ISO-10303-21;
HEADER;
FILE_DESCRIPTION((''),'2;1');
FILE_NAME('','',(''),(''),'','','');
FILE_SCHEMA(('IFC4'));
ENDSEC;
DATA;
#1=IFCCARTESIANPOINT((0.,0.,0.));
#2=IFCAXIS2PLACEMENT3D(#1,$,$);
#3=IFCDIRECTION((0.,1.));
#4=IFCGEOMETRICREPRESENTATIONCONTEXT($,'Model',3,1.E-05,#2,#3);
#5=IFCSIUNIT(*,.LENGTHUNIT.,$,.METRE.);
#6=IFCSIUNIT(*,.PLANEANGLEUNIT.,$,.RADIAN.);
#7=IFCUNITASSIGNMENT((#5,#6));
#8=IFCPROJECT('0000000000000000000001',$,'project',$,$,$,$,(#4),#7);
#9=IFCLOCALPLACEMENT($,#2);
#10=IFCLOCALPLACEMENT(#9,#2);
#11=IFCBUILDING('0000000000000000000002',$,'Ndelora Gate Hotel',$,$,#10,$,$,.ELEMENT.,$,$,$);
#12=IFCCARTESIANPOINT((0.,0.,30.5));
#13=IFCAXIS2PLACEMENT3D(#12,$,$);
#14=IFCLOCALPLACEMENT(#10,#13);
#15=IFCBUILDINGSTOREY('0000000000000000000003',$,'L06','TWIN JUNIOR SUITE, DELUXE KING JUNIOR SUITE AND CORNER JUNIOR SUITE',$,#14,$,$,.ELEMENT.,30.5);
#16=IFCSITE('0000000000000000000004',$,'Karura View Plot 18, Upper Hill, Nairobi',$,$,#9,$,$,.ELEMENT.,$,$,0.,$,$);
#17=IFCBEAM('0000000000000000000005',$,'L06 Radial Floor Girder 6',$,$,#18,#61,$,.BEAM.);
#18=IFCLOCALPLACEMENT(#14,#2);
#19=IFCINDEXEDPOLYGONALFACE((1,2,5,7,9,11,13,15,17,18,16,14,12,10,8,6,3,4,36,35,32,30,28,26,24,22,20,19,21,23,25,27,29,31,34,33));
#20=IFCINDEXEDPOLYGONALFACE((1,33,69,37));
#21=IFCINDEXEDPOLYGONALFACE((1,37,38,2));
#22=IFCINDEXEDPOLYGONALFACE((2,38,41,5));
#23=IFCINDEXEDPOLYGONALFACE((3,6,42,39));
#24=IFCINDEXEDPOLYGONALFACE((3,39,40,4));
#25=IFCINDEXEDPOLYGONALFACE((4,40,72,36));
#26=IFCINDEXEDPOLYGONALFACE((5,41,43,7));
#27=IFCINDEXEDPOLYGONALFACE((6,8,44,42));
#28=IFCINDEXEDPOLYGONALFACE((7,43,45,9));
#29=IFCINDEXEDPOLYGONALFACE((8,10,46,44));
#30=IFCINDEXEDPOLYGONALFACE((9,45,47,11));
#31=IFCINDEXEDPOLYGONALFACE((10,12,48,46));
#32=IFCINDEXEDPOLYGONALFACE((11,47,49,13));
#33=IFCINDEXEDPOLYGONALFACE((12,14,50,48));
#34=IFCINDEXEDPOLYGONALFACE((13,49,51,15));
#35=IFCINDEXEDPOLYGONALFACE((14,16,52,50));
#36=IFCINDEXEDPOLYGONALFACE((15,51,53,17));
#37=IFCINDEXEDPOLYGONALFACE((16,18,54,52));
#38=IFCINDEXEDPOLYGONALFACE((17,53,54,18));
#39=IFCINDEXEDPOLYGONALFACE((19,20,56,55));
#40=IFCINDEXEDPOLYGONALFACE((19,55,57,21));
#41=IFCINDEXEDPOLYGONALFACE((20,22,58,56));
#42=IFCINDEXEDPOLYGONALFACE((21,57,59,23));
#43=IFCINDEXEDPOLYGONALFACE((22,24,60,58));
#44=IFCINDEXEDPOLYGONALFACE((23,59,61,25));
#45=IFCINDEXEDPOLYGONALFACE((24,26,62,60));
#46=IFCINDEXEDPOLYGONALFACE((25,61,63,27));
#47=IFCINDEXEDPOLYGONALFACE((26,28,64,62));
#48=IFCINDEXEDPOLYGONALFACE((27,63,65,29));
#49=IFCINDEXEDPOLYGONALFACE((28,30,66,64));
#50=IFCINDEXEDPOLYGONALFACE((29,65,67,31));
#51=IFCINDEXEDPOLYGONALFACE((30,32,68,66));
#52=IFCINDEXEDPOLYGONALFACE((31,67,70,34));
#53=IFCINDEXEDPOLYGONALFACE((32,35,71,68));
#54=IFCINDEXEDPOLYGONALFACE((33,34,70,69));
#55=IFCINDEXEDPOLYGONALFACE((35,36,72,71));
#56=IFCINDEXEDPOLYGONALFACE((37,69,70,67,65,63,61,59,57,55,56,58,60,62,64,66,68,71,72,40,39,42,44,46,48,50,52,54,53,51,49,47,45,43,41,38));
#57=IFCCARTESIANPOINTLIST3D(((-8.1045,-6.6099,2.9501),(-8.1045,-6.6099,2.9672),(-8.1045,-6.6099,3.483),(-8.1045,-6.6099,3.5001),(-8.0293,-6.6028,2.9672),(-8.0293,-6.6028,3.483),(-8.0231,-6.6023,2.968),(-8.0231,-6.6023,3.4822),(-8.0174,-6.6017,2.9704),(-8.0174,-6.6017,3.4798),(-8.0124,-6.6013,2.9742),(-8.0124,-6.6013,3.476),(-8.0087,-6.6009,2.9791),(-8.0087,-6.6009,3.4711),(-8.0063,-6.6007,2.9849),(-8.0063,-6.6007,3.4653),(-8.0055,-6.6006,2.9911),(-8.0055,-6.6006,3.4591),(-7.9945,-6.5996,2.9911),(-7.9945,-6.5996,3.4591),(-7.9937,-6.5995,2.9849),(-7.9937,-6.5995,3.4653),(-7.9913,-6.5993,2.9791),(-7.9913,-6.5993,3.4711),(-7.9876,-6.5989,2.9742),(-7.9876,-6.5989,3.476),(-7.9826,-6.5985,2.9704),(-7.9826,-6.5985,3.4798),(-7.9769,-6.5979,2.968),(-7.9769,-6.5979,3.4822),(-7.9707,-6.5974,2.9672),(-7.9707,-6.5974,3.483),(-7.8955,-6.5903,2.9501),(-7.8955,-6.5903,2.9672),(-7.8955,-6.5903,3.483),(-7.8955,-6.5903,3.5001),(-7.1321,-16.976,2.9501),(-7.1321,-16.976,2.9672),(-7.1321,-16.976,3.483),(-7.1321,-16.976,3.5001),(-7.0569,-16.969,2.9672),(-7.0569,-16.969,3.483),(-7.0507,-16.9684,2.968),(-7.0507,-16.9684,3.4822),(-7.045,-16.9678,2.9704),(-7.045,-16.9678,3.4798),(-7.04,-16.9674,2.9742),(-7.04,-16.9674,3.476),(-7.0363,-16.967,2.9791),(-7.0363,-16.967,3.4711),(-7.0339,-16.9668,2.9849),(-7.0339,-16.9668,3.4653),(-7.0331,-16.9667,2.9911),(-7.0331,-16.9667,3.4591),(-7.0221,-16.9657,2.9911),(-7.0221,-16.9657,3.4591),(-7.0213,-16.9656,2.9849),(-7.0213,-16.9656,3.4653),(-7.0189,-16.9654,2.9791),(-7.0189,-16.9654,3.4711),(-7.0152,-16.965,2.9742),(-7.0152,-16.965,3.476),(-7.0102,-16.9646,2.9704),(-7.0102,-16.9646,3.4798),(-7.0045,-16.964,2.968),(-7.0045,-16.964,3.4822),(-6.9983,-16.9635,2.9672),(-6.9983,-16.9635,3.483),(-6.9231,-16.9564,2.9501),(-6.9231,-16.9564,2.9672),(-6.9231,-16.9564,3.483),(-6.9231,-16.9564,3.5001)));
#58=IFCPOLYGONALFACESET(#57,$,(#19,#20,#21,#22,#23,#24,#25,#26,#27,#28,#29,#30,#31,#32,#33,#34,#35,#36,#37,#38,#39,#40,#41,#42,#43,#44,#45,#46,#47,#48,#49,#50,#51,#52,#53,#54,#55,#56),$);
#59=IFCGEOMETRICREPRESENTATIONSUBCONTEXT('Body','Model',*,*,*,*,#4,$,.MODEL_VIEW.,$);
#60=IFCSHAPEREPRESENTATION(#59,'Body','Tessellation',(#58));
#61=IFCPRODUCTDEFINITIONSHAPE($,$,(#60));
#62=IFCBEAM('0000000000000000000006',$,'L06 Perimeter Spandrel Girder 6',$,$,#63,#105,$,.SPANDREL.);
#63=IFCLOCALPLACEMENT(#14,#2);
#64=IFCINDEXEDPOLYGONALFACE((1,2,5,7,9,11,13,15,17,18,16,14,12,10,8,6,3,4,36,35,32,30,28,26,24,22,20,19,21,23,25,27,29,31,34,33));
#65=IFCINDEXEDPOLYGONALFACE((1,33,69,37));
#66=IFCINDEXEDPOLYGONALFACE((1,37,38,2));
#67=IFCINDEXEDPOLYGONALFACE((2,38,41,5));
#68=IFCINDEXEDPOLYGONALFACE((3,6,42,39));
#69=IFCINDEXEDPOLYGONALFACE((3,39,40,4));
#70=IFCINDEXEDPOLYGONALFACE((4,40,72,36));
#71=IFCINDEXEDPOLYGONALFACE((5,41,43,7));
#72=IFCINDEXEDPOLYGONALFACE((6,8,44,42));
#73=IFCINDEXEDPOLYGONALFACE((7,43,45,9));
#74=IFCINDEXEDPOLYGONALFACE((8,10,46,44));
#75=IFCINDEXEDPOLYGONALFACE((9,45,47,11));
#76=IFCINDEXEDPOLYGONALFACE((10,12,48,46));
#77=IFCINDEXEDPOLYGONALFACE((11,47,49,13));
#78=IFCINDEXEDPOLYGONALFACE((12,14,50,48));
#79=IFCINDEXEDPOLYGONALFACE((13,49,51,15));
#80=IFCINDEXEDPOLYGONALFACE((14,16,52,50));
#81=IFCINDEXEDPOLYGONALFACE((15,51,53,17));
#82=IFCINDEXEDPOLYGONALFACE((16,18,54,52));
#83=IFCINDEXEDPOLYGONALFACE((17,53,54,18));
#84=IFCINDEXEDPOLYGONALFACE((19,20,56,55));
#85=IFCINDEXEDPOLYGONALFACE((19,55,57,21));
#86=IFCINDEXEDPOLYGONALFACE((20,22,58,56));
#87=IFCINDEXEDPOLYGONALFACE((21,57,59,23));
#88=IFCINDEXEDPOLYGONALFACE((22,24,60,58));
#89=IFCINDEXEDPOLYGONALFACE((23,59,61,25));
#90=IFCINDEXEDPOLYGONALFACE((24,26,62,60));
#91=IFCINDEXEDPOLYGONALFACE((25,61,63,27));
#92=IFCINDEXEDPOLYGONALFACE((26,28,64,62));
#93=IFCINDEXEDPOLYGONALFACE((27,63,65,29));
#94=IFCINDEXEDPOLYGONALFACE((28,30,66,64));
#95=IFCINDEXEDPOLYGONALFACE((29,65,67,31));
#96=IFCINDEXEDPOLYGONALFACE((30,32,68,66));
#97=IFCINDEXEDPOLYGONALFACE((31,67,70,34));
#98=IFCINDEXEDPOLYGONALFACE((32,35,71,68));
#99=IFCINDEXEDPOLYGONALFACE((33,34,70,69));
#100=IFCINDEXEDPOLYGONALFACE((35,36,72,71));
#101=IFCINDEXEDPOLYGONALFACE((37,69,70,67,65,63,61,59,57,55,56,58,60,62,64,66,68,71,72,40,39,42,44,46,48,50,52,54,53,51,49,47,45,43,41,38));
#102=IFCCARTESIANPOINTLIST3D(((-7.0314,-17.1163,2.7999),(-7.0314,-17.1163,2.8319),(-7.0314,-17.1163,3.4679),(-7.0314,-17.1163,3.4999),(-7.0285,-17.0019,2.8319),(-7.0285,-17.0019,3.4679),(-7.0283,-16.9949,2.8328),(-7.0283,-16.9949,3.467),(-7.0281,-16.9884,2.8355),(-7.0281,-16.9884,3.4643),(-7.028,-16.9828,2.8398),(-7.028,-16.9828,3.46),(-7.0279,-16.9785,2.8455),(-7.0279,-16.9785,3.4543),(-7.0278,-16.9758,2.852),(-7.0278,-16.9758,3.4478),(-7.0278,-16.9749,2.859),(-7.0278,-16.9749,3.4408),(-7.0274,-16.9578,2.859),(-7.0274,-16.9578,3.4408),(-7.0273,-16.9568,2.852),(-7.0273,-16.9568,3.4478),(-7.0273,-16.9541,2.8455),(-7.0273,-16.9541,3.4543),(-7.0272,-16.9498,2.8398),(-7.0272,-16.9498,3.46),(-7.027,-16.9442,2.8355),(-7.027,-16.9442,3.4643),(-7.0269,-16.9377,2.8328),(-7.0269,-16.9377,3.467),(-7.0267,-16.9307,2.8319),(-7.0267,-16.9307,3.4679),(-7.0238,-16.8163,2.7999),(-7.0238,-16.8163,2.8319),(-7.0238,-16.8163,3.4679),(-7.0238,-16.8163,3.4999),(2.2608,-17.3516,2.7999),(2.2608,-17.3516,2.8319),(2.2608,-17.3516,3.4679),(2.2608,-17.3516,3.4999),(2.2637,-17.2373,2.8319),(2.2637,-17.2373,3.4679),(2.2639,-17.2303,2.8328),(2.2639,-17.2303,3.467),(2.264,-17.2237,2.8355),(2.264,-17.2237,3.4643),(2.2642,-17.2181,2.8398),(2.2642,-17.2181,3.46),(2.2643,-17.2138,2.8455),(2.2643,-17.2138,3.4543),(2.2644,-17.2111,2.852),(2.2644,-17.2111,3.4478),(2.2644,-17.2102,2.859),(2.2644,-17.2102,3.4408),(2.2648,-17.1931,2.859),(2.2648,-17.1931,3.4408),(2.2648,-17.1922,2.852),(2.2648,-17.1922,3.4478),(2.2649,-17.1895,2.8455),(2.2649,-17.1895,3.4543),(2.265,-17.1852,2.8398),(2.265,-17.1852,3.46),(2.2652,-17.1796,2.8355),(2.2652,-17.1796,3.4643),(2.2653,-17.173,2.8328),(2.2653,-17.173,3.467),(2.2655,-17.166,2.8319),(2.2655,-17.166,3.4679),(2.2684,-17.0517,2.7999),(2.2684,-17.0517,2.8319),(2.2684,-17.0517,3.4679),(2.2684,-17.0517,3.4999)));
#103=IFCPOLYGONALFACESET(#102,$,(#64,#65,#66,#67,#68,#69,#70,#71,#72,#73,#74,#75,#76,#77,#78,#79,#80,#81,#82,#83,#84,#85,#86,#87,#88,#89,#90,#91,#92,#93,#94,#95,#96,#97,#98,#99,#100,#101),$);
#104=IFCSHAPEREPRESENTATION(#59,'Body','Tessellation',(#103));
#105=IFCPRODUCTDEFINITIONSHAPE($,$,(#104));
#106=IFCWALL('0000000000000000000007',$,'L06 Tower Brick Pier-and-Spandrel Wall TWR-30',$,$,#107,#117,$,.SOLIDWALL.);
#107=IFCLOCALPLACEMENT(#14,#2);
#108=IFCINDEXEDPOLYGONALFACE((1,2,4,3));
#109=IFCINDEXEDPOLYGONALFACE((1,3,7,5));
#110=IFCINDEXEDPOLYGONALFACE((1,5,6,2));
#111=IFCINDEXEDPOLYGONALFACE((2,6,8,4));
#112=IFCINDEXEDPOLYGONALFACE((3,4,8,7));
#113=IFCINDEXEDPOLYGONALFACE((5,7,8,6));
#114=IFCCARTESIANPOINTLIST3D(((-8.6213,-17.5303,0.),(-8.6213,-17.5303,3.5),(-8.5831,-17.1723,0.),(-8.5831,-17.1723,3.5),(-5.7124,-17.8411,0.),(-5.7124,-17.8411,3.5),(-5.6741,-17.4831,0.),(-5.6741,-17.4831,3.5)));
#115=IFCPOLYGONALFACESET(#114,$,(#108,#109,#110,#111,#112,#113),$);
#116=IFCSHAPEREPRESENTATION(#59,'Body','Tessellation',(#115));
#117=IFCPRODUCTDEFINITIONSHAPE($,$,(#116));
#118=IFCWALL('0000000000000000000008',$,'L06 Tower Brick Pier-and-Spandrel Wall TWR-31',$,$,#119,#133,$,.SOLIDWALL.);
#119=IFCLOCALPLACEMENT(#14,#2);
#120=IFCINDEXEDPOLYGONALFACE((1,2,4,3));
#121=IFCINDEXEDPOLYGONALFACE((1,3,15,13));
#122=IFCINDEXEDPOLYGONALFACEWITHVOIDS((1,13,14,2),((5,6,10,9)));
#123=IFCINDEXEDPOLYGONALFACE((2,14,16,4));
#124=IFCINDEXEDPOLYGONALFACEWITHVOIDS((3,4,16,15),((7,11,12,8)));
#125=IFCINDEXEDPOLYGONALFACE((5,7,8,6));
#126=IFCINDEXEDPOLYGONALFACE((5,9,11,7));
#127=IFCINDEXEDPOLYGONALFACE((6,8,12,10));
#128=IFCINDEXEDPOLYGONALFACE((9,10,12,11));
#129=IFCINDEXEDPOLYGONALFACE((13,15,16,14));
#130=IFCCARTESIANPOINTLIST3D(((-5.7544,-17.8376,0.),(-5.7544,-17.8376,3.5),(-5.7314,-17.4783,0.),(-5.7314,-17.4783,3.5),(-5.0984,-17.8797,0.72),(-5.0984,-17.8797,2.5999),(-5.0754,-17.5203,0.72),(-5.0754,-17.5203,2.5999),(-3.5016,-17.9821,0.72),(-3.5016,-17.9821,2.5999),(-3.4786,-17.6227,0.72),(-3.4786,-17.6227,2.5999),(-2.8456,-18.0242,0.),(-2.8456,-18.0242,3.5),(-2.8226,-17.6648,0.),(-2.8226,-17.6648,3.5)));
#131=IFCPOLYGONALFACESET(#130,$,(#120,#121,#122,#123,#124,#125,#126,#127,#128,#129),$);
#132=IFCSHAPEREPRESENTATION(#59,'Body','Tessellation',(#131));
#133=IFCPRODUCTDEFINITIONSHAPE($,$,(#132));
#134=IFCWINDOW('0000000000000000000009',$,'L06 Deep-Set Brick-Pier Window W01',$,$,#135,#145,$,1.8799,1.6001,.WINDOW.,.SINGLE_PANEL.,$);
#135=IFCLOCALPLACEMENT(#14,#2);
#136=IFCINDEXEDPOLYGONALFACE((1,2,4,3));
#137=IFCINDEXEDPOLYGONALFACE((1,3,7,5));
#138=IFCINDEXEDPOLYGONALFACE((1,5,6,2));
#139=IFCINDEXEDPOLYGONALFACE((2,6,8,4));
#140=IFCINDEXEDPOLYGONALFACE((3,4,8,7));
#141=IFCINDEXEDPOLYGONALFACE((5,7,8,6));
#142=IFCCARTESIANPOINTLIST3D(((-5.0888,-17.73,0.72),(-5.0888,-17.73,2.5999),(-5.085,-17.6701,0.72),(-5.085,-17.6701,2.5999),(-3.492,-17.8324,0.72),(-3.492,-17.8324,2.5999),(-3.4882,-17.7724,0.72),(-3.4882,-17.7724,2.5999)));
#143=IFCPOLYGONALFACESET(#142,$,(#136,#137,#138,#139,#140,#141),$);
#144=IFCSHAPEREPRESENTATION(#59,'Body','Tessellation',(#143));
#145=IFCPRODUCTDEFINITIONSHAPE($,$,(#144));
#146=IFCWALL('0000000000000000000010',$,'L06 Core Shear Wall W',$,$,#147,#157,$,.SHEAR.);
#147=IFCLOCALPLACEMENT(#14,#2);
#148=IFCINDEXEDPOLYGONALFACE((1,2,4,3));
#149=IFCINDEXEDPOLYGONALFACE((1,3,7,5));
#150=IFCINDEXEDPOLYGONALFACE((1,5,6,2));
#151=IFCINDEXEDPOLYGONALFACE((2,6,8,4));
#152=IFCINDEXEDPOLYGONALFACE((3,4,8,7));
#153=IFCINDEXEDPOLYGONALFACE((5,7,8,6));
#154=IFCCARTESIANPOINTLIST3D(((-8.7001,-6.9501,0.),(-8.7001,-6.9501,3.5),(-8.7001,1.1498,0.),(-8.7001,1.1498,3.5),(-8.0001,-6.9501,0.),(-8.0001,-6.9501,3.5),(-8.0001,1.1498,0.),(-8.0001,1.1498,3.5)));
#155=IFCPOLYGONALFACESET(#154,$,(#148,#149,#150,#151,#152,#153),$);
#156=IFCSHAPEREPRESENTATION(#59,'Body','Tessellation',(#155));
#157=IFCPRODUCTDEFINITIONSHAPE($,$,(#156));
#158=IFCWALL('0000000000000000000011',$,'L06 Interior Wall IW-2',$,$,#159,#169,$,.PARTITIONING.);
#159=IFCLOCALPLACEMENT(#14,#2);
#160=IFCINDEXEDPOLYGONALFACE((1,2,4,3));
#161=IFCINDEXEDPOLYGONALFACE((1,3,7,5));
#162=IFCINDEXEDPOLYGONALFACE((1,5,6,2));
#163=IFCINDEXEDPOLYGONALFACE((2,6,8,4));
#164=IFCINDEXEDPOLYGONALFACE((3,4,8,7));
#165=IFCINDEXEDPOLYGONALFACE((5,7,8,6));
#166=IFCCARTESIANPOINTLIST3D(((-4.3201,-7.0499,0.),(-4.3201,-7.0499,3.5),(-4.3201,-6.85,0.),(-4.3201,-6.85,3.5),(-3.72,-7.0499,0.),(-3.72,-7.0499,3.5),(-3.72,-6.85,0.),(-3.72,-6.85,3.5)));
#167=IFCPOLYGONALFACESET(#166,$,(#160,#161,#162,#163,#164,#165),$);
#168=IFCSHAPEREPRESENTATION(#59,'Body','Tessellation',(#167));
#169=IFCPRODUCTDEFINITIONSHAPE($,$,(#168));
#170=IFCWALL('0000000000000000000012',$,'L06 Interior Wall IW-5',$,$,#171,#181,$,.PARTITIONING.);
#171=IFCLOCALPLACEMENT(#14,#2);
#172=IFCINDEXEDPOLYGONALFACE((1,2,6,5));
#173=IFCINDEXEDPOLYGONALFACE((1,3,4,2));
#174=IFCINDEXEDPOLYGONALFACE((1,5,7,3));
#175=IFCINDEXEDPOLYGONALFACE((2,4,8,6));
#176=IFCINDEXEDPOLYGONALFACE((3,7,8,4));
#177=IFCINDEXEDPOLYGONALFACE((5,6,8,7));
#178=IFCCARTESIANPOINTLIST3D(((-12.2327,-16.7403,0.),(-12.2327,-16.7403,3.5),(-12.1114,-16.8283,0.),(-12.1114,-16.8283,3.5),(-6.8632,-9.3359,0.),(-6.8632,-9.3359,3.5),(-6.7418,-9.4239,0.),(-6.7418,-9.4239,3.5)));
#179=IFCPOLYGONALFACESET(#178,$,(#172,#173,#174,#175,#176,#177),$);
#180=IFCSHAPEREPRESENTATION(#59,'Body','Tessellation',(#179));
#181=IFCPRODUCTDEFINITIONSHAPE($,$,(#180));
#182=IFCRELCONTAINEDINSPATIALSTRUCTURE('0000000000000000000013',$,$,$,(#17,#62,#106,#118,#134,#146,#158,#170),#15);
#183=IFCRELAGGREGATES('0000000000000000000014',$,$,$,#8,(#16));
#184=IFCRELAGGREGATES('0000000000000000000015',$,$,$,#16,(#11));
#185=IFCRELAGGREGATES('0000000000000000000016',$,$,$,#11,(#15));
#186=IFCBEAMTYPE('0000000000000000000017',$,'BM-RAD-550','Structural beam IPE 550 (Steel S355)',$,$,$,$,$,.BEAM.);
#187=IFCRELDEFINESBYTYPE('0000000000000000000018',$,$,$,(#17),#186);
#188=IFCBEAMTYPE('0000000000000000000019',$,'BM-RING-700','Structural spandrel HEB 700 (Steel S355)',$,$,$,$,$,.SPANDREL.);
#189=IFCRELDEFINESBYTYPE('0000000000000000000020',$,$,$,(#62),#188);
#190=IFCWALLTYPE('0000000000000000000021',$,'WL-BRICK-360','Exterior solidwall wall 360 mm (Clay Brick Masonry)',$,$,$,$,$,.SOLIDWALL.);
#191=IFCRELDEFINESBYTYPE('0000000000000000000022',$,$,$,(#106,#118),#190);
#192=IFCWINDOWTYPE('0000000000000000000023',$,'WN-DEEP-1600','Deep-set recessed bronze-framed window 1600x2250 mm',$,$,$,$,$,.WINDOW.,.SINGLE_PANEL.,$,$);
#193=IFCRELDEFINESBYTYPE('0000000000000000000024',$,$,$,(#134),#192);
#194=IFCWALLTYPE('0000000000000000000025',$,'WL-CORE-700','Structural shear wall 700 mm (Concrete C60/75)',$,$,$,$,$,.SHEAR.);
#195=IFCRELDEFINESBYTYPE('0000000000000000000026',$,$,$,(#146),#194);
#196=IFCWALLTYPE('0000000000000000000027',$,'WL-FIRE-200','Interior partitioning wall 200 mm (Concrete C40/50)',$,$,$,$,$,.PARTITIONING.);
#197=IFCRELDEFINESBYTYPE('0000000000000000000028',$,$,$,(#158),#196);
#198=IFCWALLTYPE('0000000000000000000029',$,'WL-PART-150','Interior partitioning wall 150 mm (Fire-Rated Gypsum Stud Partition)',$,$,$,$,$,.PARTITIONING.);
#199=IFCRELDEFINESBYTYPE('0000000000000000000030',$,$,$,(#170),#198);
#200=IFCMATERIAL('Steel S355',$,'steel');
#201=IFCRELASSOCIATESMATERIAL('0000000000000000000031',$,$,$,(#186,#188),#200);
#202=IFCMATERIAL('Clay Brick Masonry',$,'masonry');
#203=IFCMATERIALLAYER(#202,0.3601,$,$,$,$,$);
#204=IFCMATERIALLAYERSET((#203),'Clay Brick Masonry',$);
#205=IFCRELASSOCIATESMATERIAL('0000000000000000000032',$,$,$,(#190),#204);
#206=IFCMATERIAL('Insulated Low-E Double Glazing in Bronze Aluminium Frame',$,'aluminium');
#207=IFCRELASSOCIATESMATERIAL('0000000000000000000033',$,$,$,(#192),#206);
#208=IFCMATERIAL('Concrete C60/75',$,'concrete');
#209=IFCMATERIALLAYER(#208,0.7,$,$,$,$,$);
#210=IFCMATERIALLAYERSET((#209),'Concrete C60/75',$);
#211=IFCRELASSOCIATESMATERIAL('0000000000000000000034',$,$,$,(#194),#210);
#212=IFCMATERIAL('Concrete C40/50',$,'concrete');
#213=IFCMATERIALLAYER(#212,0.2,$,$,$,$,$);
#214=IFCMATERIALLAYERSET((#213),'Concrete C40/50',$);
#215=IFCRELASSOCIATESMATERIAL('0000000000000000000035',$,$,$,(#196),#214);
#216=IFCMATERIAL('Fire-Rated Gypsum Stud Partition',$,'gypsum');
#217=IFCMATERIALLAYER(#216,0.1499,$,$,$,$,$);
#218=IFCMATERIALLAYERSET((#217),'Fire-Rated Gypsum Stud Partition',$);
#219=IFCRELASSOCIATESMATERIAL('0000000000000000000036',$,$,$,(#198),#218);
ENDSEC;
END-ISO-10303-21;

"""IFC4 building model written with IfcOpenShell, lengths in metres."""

from ifc_helpers import new_model, si_unit, direction, frame, frame_2d, origin, origin_2d, place, context, subcontext, project, spatial, rectangle, i_section, extrude, material, layer, layer_set, material_profile, profile_set, type_object, element, fill, save


model = new_model("IFC4")

# Units and contexts
model_context = context("Model", 3, precision=1e-05, world=origin(), true_north=direction((0.0, 1.0)))
body_context = subcontext(model_context, "Body", "Model", "MODEL_VIEW")
ifc_project = project(units=[si_unit("LENGTHUNIT", "METRE"), si_unit("PLANEANGLEUNIT", "RADIAN")], contexts=[model_context])

# Site, building, storey
site_placement = place(None, origin())
site = spatial("IfcSite", under=ifc_project, at=site_placement, Name="Karura View Plot 18, Upper Hill, Nairobi", CompositionType="ELEMENT", RefElevation=0.0)
building_placement = place(site_placement, origin())
building = spatial("IfcBuilding", under=site, at=building_placement, Name="Ndelora Gate Hotel", CompositionType="ELEMENT")
storey_placement = place(building_placement, frame((0.0, 0.0, 30.5)))
storey = spatial("IfcBuildingStorey", under=building, at=storey_placement, Name="L06", Description="TWIN JUNIOR SUITE, DELUXE KING JUNIOR SUITE AND CORNER JUNIOR SUITE", CompositionType="ELEMENT", Elevation=30.5)

# Shared definitions
ifc_material_1 = material(Name="Concrete C60/75", Category="concrete")

# Beams
ifc_material_2 = material(Name="Steel S355", Category="steel")
ifc_material_profile_1 = material_profile(ifc_material_2, i_section(OverallWidth=0.21, OverallDepth=0.55, WebThickness=0.011, FlangeThickness=0.0171, FilletRadius=0.0239, at=origin_2d()), Name="IPE 550")
ifc_profile_set_1 = profile_set([ifc_material_profile_1], Name="Steel S355")
beam_type_1 = type_object("IfcBeamType", Name="BM-RAD-550", Description="Structural beam IPE 550 (Steel S355)", PredefinedType="BEAM", material=ifc_profile_set_1)
beam_1_placement = place(storey_placement, frame((-8.0, -6.6001, 3.2251), z_axis=(0.093396, -0.995629, 0.0), x_axis=(0.995629, 0.093396, 0.0)))
element("IfcBeam", 1, at=beam_1_placement, inside=storey, type_object=beam_type_1, Name="L06 Radial Floor Girder 6", PredefinedType="BEAM", context=body_context, shape_type="SweptSolid", body=[
    extrude(i_section(OverallWidth=0.21, OverallDepth=0.55, WebThickness=0.011, FlangeThickness=0.0171, FilletRadius=0.0239, at=origin_2d()), origin(), (0.0, 0.0, 1.0), 10.4116),
])
ifc_material_profile_2 = material_profile(ifc_material_2, i_section(OverallWidth=0.3, OverallDepth=0.7, WebThickness=0.0171, FlangeThickness=0.032, FilletRadius=0.0271, at=origin_2d()), Name="HEB 700")
ifc_profile_set_2 = profile_set([ifc_material_profile_2], Name="Steel S355")
beam_type_2 = type_object("IfcBeamType", Name="BM-RING-700", Description="Structural spandrel HEB 700 (Steel S355)", PredefinedType="SPANDREL", material=ifc_profile_set_2)
beam_2_placement = place(storey_placement, frame((-7.0276, -16.9663, 3.1499), z_axis=(0.999679, -0.02532, 0.0), x_axis=(0.02532, 0.999679, 0.0)))
element("IfcBeam", 2, at=beam_2_placement, inside=storey, type_object=beam_type_2, Name="L06 Perimeter Spandrel Girder 6", PredefinedType="SPANDREL", context=body_context, shape_type="SweptSolid", body=[
    extrude(i_section(OverallWidth=0.3, OverallDepth=0.7, WebThickness=0.0171, FlangeThickness=0.032, FilletRadius=0.0271, at=origin_2d()), origin(), (0.0, 0.0, 1.0), 9.2952),
])

# Wall
ifc_material_3 = material(Name="Clay Brick Masonry", Category="masonry")
ifc_layer_1 = layer(ifc_material_3, 0.3601)
ifc_layer_set_1 = layer_set([ifc_layer_1], Name="Clay Brick Masonry")
wall_type_1 = type_object("IfcWallType", Name="WL-BRICK-360", Description="Exterior solidwall wall 360 mm (Clay Brick Masonry)", PredefinedType="SOLIDWALL", material=ifc_layer_set_1)
wall_1_placement = place(storey_placement, frame((-5.6931, -17.6621, 0.0), z_axis=(0.0, 0.0, 1.0), x_axis=(-0.994341, 0.106236, 0.0)))
element("IfcWall", 3, at=wall_1_placement, inside=storey, type_object=wall_type_1, Name="L06 Tower Brick Pier-and-Spandrel Wall TWR-30", PredefinedType="SOLIDWALL", context=body_context, shape_type="SweptSolid", body=[
    extrude(rectangle(XDim=2.9255, YDim=0.3601, at=frame_2d((1.4629, 0.0))), origin(), (0.0, 0.0, 1.0), 3.5),
])

# Wall, opening, window
wall_2_placement = place(storey_placement, frame((-2.834, -17.8445, 0.0), z_axis=(0.0, 0.0, 1.0), x_axis=(-0.997951, 0.063989, 0.0)))
wall_2 = element("IfcWall", 4, at=wall_2_placement, inside=storey, type_object=wall_type_1, Name="L06 Tower Brick Pier-and-Spandrel Wall TWR-31", PredefinedType="SOLIDWALL", context=body_context, shape_type="SweptSolid", body=[
    extrude(rectangle(XDim=2.9148, YDim=0.3601, at=frame_2d((1.4575, 0.0))), origin(), (0.0, 0.0, 1.0), 3.5),
])
opening_1_placement = place(wall_2_placement, frame((0.6575, 0.0, 0.72)))
opening_1 = element("IfcOpeningElement", 5, at=opening_1_placement, cuts=wall_2, PredefinedType="OPENING", context=body_context, shape_type="SweptSolid", body=[
    extrude(rectangle(XDim=1.6001, YDim=1.8799, at=frame_2d((0.8, 0.9399))), frame((0.0, 0.1899, 0.0), z_axis=(0.0, -1.0, 0.0), x_axis=(1.0, 0.0, 0.0)), (0.0, 0.0, 1.0), 0.3801),
])
ifc_material_4 = material(Name="Insulated Low-E Double Glazing in Bronze Aluminium Frame", Category="aluminium")
window_type = type_object("IfcWindowType", Name="WN-DEEP-1600", Description="Deep-set recessed bronze-framed window 1600x2250 mm", PartitioningType="SINGLE_PANEL", PredefinedType="WINDOW", material=ifc_material_4)
window_placement = place(opening_1_placement, origin())
window = element("IfcWindow", 6, at=window_placement, inside=storey, type_object=window_type, Name="L06 Deep-Set Brick-Pier Window W01", OverallHeight=1.8799, OverallWidth=1.6001, PartitioningType="SINGLE_PANEL", PredefinedType="WINDOW", context=body_context, shape_type="SweptSolid", body=[
    extrude(rectangle(XDim=1.6001, YDim=1.8799, at=frame_2d((0.8, 0.9399))), frame((0.0, 0.03, 0.0), z_axis=(0.0, -1.0, 0.0), x_axis=(1.0, 0.0, 0.0)), (0.0, 0.0, 1.0), 0.0601),
])
fill(opening_1, window)

# Walls
ifc_layer_2 = layer(ifc_material_1, 0.7)
ifc_layer_set_2 = layer_set([ifc_layer_2], Name="Concrete C60/75")
wall_type_2 = type_object("IfcWallType", Name="WL-CORE-700", Description="Structural shear wall 700 mm (Concrete C60/75)", PredefinedType="SHEAR", material=ifc_layer_set_2)
wall_3_placement = place(storey_placement, frame((-8.3501, -6.95, 0.0), z_axis=(0.0, 0.0, 1.0), x_axis=(0.0, 1.0, 0.0)))
element("IfcWall", 7, at=wall_3_placement, inside=storey, type_object=wall_type_2, Name="L06 Core Shear Wall W", PredefinedType="SHEAR", context=body_context, shape_type="SweptSolid", body=[
    extrude(rectangle(XDim=8.0999, YDim=0.7, at=frame_2d((4.0498, 0.0))), origin(), (0.0, 0.0, 1.0), 3.5),
])
ifc_material_5 = material(Name="Concrete C40/50", Category="concrete")
ifc_layer_3 = layer(ifc_material_5, 0.2)
ifc_layer_set_3 = layer_set([ifc_layer_3], Name="Concrete C40/50")
wall_type_3 = type_object("IfcWallType", Name="WL-FIRE-200", Description="Interior partitioning wall 200 mm (Concrete C40/50)", PredefinedType="PARTITIONING", material=ifc_layer_set_3)
wall_4_placement = place(storey_placement, frame((-4.3201, -6.95, 0.0), z_axis=(0.0, 0.0, 1.0), x_axis=(1.0, 0.0, 0.0)))
element("IfcWall", 8, at=wall_4_placement, inside=storey, type_object=wall_type_3, Name="L06 Interior Wall IW-2", PredefinedType="PARTITIONING", context=body_context, shape_type="SweptSolid", body=[
    extrude(rectangle(XDim=0.6001, YDim=0.2, at=frame_2d((0.3, 0.0))), origin(), (0.0, 0.0, 1.0), 3.5),
])
ifc_material_6 = material(Name="Fire-Rated Gypsum Stud Partition", Category="gypsum")
ifc_layer_4 = layer(ifc_material_6, 0.1499)
ifc_layer_set_4 = layer_set([ifc_layer_4], Name="Fire-Rated Gypsum Stud Partition")
wall_type_4 = type_object("IfcWallType", Name="WL-PART-150", Description="Interior partitioning wall 150 mm (Fire-Rated Gypsum Stud Partition)", PredefinedType="PARTITIONING", material=ifc_layer_set_4)
wall_5_placement = place(storey_placement, frame((-6.8025, -9.3799, 0.0), z_axis=(0.0, 0.0, 1.0), x_axis=(-0.587063, -0.809541, 0.0)))
element("IfcWall", 9, at=wall_5_placement, inside=storey, type_object=wall_type_4, Name="L06 Interior Wall IW-5", PredefinedType="PARTITIONING", context=body_context, shape_type="SweptSolid", body=[
    extrude(rectangle(XDim=9.1465, YDim=0.1499, at=frame_2d((4.5732, 0.0))), origin(), (0.0, 0.0, 1.0), 3.5),
])

save(model, "model.ifc")
